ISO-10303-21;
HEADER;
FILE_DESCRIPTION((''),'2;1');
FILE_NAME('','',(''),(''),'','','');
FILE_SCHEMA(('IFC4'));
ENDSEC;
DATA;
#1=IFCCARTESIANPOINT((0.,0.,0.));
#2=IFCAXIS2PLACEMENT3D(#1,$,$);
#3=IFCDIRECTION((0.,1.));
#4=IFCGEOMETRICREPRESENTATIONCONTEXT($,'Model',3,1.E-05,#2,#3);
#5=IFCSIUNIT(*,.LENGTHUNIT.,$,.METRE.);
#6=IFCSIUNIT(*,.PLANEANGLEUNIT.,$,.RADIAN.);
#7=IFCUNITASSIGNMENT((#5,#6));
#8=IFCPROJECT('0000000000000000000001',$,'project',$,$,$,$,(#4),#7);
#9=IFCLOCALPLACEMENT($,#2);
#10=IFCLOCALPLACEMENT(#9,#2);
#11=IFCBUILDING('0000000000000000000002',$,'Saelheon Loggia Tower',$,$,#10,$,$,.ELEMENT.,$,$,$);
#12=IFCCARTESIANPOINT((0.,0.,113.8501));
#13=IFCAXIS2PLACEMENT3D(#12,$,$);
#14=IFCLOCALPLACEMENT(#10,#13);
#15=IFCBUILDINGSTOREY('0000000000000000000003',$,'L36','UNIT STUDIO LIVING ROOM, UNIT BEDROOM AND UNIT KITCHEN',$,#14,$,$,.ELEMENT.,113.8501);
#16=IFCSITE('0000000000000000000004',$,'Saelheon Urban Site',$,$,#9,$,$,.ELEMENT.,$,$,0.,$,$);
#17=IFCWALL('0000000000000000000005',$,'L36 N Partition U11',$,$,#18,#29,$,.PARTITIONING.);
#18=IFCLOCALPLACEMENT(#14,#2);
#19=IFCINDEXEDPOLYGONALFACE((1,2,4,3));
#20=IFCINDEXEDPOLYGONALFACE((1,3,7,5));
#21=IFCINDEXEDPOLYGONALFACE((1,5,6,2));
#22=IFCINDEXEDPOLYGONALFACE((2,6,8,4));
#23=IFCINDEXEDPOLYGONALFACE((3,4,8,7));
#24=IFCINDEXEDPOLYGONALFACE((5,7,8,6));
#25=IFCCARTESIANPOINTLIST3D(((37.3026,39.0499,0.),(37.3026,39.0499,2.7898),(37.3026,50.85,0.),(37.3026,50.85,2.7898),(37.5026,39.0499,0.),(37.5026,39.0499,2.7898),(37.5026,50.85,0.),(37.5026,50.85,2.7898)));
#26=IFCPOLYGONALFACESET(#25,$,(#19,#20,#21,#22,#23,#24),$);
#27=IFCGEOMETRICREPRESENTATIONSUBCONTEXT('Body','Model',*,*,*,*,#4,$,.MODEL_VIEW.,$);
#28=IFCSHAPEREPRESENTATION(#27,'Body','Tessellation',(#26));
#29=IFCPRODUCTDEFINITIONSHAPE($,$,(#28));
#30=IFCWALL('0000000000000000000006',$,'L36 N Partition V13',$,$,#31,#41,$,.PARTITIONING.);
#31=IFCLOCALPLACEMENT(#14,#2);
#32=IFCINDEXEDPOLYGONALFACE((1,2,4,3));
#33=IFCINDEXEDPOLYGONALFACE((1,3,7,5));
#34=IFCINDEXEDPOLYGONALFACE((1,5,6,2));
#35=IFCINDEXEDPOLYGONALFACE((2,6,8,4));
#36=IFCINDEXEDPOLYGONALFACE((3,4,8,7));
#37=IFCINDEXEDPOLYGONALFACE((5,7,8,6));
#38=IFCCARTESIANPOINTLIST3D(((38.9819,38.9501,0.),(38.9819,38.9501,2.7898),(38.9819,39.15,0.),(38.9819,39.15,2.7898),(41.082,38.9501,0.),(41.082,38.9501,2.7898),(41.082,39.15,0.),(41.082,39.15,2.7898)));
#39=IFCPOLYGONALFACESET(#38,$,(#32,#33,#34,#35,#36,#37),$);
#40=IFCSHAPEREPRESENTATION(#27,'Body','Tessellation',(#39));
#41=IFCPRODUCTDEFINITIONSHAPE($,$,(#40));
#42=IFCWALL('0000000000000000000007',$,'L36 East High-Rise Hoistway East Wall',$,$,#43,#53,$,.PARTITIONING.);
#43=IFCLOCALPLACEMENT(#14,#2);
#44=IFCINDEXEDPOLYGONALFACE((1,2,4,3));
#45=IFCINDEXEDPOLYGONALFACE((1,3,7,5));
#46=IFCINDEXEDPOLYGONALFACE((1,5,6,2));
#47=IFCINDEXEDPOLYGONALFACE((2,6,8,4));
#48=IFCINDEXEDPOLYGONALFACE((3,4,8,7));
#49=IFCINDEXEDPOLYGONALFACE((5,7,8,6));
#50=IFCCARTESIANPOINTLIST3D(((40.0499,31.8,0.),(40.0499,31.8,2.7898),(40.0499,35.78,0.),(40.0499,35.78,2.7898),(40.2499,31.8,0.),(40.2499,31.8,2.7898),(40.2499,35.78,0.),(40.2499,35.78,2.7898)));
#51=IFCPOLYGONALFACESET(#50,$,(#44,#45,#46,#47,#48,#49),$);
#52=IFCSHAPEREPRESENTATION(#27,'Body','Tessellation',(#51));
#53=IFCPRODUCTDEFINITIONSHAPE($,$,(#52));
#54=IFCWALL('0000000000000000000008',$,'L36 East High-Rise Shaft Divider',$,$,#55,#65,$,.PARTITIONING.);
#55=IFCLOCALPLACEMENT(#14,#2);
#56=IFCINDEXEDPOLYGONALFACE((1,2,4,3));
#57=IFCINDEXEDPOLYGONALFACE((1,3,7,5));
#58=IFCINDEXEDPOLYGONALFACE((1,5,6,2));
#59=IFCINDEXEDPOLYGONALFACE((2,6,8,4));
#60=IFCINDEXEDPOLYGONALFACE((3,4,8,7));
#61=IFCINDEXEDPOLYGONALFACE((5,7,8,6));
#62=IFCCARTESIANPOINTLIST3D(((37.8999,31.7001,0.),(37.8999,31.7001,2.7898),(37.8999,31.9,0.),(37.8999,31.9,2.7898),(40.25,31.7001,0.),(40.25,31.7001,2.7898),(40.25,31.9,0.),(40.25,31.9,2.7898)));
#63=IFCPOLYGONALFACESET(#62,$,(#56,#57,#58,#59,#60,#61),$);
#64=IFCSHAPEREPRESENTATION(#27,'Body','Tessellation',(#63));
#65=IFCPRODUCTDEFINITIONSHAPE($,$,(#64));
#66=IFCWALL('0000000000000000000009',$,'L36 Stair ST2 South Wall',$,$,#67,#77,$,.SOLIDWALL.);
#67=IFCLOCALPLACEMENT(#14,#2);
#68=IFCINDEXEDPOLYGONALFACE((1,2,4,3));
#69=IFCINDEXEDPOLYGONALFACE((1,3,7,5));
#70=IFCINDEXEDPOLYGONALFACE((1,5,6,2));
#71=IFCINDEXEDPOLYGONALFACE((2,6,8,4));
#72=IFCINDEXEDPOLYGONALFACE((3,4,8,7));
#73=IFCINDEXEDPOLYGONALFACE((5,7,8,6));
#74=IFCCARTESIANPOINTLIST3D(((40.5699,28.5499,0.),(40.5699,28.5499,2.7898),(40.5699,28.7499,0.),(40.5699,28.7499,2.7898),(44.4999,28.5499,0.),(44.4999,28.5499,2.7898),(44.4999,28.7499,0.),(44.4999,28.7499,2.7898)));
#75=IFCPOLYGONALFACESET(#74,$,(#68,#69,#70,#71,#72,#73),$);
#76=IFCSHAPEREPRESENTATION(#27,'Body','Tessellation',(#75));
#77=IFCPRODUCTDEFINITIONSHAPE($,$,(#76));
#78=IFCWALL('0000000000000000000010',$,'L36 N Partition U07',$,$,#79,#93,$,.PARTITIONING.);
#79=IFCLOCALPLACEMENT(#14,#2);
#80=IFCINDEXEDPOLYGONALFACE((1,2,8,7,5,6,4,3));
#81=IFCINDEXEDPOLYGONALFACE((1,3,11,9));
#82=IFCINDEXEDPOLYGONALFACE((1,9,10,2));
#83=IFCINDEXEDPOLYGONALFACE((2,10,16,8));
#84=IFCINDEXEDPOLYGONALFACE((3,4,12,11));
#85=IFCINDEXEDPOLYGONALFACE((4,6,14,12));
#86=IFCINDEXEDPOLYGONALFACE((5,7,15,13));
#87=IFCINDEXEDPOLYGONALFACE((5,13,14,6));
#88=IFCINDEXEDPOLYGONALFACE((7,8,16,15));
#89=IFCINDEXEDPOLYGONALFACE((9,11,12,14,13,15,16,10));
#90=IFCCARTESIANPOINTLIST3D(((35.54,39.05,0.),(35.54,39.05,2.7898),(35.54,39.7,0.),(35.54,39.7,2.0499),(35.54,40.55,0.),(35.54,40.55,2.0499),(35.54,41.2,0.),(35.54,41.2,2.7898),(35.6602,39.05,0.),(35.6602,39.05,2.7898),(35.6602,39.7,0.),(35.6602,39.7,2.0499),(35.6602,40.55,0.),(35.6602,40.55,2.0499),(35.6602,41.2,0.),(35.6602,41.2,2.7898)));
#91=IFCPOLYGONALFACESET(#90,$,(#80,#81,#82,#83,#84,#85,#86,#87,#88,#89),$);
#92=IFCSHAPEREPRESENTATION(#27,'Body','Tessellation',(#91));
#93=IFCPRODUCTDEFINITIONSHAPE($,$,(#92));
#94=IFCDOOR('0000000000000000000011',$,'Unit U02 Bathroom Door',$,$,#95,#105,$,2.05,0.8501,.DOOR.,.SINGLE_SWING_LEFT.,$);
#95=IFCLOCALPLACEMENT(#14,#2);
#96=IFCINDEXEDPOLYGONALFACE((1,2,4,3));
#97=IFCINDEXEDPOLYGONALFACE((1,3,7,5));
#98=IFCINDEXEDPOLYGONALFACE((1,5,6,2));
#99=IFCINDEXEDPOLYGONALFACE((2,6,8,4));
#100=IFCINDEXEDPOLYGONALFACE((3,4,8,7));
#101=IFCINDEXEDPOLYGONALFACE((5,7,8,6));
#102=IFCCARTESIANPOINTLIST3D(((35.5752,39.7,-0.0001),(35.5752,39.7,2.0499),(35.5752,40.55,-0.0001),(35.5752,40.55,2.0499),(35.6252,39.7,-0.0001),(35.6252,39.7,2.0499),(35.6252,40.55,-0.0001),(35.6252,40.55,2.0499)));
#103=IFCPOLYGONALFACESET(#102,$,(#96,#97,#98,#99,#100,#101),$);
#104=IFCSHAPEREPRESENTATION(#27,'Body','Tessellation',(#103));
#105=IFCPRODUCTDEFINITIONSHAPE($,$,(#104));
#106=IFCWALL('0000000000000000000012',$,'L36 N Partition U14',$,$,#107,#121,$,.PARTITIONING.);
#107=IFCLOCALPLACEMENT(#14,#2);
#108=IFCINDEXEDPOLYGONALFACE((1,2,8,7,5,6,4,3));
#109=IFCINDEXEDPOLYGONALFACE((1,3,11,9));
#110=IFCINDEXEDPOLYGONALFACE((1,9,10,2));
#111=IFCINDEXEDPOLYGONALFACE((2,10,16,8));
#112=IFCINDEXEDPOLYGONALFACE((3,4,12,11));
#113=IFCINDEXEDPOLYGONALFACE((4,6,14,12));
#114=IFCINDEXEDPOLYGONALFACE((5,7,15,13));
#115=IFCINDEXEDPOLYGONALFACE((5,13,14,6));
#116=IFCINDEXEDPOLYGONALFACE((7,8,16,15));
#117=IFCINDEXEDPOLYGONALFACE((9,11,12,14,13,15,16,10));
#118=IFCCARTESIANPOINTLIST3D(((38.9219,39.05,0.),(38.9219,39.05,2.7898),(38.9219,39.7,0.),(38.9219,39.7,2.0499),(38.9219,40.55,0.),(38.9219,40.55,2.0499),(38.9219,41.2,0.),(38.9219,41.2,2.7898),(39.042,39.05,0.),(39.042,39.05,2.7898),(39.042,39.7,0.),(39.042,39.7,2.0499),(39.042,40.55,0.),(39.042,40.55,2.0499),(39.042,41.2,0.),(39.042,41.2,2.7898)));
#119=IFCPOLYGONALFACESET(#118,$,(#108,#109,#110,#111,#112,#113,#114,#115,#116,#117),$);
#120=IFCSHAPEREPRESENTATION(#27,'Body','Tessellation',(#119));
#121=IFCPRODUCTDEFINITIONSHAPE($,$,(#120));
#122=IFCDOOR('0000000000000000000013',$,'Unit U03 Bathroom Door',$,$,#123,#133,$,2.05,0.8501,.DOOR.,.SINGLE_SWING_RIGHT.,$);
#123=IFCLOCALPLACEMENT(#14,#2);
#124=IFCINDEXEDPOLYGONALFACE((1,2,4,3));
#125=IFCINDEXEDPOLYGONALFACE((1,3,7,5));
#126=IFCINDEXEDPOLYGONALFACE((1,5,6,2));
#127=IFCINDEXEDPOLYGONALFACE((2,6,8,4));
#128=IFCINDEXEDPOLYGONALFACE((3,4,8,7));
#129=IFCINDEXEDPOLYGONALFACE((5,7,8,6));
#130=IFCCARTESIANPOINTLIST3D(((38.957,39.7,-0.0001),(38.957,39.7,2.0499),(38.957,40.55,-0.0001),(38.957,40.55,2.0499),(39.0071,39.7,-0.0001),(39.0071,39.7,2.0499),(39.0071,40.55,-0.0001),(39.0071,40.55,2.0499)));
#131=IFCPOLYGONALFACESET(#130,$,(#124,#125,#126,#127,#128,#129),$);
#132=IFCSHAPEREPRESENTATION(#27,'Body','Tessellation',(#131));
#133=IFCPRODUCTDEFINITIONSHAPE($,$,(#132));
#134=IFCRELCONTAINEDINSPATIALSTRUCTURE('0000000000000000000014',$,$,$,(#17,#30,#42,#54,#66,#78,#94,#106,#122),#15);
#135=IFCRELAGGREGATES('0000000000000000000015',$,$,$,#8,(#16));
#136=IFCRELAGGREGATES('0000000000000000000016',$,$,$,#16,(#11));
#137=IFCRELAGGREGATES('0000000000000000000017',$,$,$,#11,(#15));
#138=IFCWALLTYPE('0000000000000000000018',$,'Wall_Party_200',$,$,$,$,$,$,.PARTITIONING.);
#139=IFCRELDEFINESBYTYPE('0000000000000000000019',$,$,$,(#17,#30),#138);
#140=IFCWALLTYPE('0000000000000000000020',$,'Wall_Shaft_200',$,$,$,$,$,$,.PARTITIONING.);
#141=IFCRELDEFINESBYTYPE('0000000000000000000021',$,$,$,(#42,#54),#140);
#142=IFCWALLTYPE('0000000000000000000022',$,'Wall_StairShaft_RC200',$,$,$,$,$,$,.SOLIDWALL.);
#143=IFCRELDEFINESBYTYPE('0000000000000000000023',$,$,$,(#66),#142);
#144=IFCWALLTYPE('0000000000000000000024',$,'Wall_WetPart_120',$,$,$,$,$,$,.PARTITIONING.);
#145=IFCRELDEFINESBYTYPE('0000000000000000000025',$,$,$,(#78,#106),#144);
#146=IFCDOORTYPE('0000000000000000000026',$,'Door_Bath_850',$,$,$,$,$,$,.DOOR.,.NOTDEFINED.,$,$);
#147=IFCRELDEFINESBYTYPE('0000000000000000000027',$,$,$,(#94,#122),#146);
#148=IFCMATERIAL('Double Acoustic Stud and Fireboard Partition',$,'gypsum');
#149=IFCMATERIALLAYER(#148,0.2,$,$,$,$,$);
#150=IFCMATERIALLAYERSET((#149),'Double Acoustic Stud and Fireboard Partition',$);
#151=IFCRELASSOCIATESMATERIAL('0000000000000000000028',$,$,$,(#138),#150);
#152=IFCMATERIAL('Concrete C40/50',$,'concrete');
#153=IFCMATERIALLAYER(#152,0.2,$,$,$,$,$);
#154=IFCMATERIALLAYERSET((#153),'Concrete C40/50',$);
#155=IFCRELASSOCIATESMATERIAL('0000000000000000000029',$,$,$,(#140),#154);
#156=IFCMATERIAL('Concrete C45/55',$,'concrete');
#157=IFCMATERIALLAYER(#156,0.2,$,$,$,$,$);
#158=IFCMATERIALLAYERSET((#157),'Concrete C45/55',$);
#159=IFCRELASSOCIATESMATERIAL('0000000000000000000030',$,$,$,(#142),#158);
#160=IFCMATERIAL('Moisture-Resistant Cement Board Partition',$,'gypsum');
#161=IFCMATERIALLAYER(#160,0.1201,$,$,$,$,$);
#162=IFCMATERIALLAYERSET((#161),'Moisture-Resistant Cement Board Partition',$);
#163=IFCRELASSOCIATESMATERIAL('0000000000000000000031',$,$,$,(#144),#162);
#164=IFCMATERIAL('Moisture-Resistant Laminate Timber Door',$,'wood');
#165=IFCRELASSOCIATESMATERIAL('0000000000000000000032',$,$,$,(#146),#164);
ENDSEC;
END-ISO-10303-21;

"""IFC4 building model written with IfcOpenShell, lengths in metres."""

from ifc_helpers import new_model, si_unit, direction, frame, frame_2d, origin, place, context, subcontext, project, spatial, rectangle, extrude, source, transform, mapped, material, layer, layer_set, type_object, element, fill, save


model = new_model("IFC4")

# Units and contexts
model_context = context("Model", 3, precision=1e-05, world=origin(), true_north=direction((0.0, 1.0)))
body_context = subcontext(model_context, "Body", "Model", "MODEL_VIEW")
ifc_project = project(units=[si_unit("LENGTHUNIT", "METRE"), si_unit("PLANEANGLEUNIT", "RADIAN")], contexts=[model_context])

# Site, building, storey
site_placement = place(None, origin())
site = spatial("IfcSite", under=ifc_project, at=site_placement, Name="Saelheon Urban Site", CompositionType="ELEMENT", RefElevation=0.0)
building_placement = place(site_placement, origin())
building = spatial("IfcBuilding", under=site, at=building_placement, Name="Saelheon Loggia Tower", CompositionType="ELEMENT")
storey_placement = place(building_placement, frame((0.0, 0.0, 113.8501)))
storey = spatial("IfcBuildingStorey", under=building, at=storey_placement, Name="L36", Description="UNIT STUDIO LIVING ROOM, UNIT BEDROOM AND UNIT KITCHEN", CompositionType="ELEMENT", Elevation=113.8501)

# Shared definitions
ifc_material_1 = material(Name="Double Acoustic Stud and Fireboard Partition", Category="gypsum")
ifc_layer_1 = layer(ifc_material_1, 0.2)
ifc_layer_set_1 = layer_set([ifc_layer_1], Name="Double Acoustic Stud and Fireboard Partition")
wall_type_1 = type_object("IfcWallType", Name="Wall_Party_200", PredefinedType="PARTITIONING", material=ifc_layer_set_1)

# Wall
wall_1_placement = place(storey_placement, frame((37.4026, 39.05, 0.0), z_axis=(0.0, 0.0, 1.0), x_axis=(0.0, 1.0, 0.0)))
element("IfcWall", 1, at=wall_1_placement, inside=storey, type_object=wall_type_1, Name="L36 N Partition U11", PredefinedType="PARTITIONING", context=body_context, shape_type="SweptSolid", body=[
    extrude(rectangle(XDim=11.8, YDim=0.2, at=frame_2d((5.8999, 0.0))), origin(), (0.0, 0.0, 1.0), 2.7898),
])

# Walls
wall_2_placement = place(storey_placement, frame((38.9819, 39.05, 0.0), z_axis=(0.0, 0.0, 1.0), x_axis=(1.0, 0.0, 0.0)))
element("IfcWall", 2, at=wall_2_placement, inside=storey, type_object=wall_type_1, Name="L36 N Partition V13", PredefinedType="PARTITIONING", context=body_context, shape_type="SweptSolid", body=[
    extrude(rectangle(XDim=2.1001, YDim=0.2, at=frame_2d((1.05, 0.0))), origin(), (0.0, 0.0, 1.0), 2.7898),
])
ifc_material_2 = material(Name="Concrete C40/50", Category="concrete")
ifc_layer_2 = layer(ifc_material_2, 0.2)
ifc_layer_set_2 = layer_set([ifc_layer_2], Name="Concrete C40/50")
wall_type_2 = type_object("IfcWallType", Name="Wall_Shaft_200", PredefinedType="PARTITIONING", material=ifc_layer_set_2)
wall_3_placement = place(storey_placement, frame((40.1499, 31.8, 0.0), z_axis=(0.0, 0.0, 1.0), x_axis=(0.0, 1.0, 0.0)))
element("IfcWall", 3, at=wall_3_placement, inside=storey, type_object=wall_type_2, Name="L36 East High-Rise Hoistway East Wall", PredefinedType="PARTITIONING", context=body_context, shape_type="SweptSolid", body=[
    extrude(rectangle(XDim=3.98, YDim=0.2, at=frame_2d((1.99, 0.0))), origin(), (0.0, 0.0, 1.0), 2.7898),
])
wall_4_placement = place(storey_placement, frame((37.8999, 31.8, 0.0), z_axis=(0.0, 0.0, 1.0), x_axis=(1.0, 0.0, 0.0)))
element("IfcWall", 4, at=wall_4_placement, inside=storey, type_object=wall_type_2, Name="L36 East High-Rise Shaft Divider", PredefinedType="PARTITIONING", context=body_context, shape_type="SweptSolid", body=[
    extrude(rectangle(XDim=2.3501, YDim=0.2, at=frame_2d((1.175, 0.0))), origin(), (0.0, 0.0, 1.0), 2.7898),
])
ifc_material_3 = material(Name="Concrete C45/55", Category="concrete")
ifc_layer_3 = layer(ifc_material_3, 0.2)
ifc_layer_set_3 = layer_set([ifc_layer_3], Name="Concrete C45/55")
wall_type_3 = type_object("IfcWallType", Name="Wall_StairShaft_RC200", PredefinedType="SOLIDWALL", material=ifc_layer_set_3)
wall_5_placement = place(storey_placement, frame((40.5701, 28.6499, 0.0), z_axis=(0.0, 0.0, 1.0), x_axis=(1.0, 0.0, 0.0)))
element("IfcWall", 5, at=wall_5_placement, inside=storey, type_object=wall_type_3, Name="L36 Stair ST2 South Wall", PredefinedType="SOLIDWALL", context=body_context, shape_type="SweptSolid", body=[
    extrude(rectangle(XDim=3.9299, YDim=0.2, at=frame_2d((1.9648, 0.0))), origin(), (0.0, 0.0, 1.0), 2.7898),
])

# Walls, openings, doors
ifc_material_4 = material(Name="Moisture-Resistant Cement Board Partition", Category="gypsum")
ifc_layer_4 = layer(ifc_material_4, 0.1201)
ifc_layer_set_4 = layer_set([ifc_layer_4], Name="Moisture-Resistant Cement Board Partition")
wall_type_4 = type_object("IfcWallType", Name="Wall_WetPart_120", PredefinedType="PARTITIONING", material=ifc_layer_set_4)
wall_6_placement = place(storey_placement, frame((35.6001, 39.05, 0.0), z_axis=(0.0, 0.0, 1.0), x_axis=(0.0, 1.0, 0.0)))
wall_6 = element("IfcWall", 6, at=wall_6_placement, inside=storey, type_object=wall_type_4, Name="L36 N Partition U07", PredefinedType="PARTITIONING", context=body_context, shape_type="SweptSolid", body=[
    extrude(rectangle(XDim=2.1499, YDim=0.1201, at=frame_2d((1.075, 0.0))), origin(), (0.0, 0.0, 1.0), 2.7898),
])
opening_1_placement = place(wall_6_placement, frame((0.6499, 0.0, 0.0)))
opening_1 = element("IfcOpeningElement", 7, at=opening_1_placement, cuts=wall_6, PredefinedType="OPENING", context=body_context, shape_type="SweptSolid", body=[
    extrude(rectangle(XDim=0.8501, YDim=2.05, at=frame_2d((0.425, 1.0249))), frame((0.0, 0.072, 0.0), z_axis=(0.0, -1.0, 0.0), x_axis=(1.0, 0.0, 0.0)), (0.0, 0.0, 1.0), 0.144),
])
ifc_material_5 = material(Name="Moisture-Resistant Laminate Timber Door", Category="wood")
door_type_1 = type_object("IfcDoorType", Name="Door_Bath_850", OperationType="NOTDEFINED", PredefinedType="DOOR", material=ifc_material_5)
shared_shape_1 = source(origin(), body_context, "Body", "SweptSolid", [
    extrude(rectangle(XDim=0.8501, YDim=2.05, at=frame_2d((0.425, 1.0249))), frame((0.0, 0.0249, 0.0), z_axis=(0.0, -1.0, 0.0), x_axis=(1.0, 0.0, 0.0)), (0.0, 0.0, 1.0), 0.05),
])
door_1_placement = place(opening_1_placement, origin())
door_1 = element("IfcDoor", 8, at=door_1_placement, inside=storey, type_object=door_type_1, Name="Unit U02 Bathroom Door", OperationType="SINGLE_SWING_LEFT", OverallHeight=2.05, OverallWidth=0.8501, PredefinedType="DOOR", context=body_context, shape_type="MappedRepresentation", body=[
    mapped(shared_shape_1, transform((0.0, 0.0, 0.0), scale=1.0)),
])
fill(opening_1, door_1)
wall_7_placement = place(storey_placement, frame((38.9819, 39.05, 0.0), z_axis=(0.0, 0.0, 1.0), x_axis=(0.0, 1.0, 0.0)))
wall_7 = element("IfcWall", 9, at=wall_7_placement, inside=storey, type_object=wall_type_4, Name="L36 N Partition U14", PredefinedType="PARTITIONING", context=body_context, shape_type="SweptSolid", body=[
    extrude(rectangle(XDim=2.1499, YDim=0.1201, at=frame_2d((1.075, 0.0))), origin(), (0.0, 0.0, 1.0), 2.7898),
])
opening_2_placement = place(wall_7_placement, frame((0.6499, 0.0, 0.0)))
opening_2 = element("IfcOpeningElement", 10, at=opening_2_placement, cuts=wall_7, PredefinedType="OPENING", context=body_context, shape_type="SweptSolid", body=[
    extrude(rectangle(XDim=0.8501, YDim=2.05, at=frame_2d((0.425, 1.0249))), frame((0.0, 0.072, 0.0), z_axis=(0.0, -1.0, 0.0), x_axis=(1.0, 0.0, 0.0)), (0.0, 0.0, 1.0), 0.144),
])
door_2_placement = place(opening_2_placement, origin())
door_2 = element("IfcDoor", 11, at=door_2_placement, inside=storey, type_object=door_type_1, Name="Unit U03 Bathroom Door", OperationType="SINGLE_SWING_RIGHT", OverallHeight=2.05, OverallWidth=0.8501, PredefinedType="DOOR", context=body_context, shape_type="MappedRepresentation", body=[
    mapped(shared_shape_1, transform((0.0, 0.0, 0.0), scale=1.0)),
])
fill(opening_2, door_2)

save(model, "model.ifc")
